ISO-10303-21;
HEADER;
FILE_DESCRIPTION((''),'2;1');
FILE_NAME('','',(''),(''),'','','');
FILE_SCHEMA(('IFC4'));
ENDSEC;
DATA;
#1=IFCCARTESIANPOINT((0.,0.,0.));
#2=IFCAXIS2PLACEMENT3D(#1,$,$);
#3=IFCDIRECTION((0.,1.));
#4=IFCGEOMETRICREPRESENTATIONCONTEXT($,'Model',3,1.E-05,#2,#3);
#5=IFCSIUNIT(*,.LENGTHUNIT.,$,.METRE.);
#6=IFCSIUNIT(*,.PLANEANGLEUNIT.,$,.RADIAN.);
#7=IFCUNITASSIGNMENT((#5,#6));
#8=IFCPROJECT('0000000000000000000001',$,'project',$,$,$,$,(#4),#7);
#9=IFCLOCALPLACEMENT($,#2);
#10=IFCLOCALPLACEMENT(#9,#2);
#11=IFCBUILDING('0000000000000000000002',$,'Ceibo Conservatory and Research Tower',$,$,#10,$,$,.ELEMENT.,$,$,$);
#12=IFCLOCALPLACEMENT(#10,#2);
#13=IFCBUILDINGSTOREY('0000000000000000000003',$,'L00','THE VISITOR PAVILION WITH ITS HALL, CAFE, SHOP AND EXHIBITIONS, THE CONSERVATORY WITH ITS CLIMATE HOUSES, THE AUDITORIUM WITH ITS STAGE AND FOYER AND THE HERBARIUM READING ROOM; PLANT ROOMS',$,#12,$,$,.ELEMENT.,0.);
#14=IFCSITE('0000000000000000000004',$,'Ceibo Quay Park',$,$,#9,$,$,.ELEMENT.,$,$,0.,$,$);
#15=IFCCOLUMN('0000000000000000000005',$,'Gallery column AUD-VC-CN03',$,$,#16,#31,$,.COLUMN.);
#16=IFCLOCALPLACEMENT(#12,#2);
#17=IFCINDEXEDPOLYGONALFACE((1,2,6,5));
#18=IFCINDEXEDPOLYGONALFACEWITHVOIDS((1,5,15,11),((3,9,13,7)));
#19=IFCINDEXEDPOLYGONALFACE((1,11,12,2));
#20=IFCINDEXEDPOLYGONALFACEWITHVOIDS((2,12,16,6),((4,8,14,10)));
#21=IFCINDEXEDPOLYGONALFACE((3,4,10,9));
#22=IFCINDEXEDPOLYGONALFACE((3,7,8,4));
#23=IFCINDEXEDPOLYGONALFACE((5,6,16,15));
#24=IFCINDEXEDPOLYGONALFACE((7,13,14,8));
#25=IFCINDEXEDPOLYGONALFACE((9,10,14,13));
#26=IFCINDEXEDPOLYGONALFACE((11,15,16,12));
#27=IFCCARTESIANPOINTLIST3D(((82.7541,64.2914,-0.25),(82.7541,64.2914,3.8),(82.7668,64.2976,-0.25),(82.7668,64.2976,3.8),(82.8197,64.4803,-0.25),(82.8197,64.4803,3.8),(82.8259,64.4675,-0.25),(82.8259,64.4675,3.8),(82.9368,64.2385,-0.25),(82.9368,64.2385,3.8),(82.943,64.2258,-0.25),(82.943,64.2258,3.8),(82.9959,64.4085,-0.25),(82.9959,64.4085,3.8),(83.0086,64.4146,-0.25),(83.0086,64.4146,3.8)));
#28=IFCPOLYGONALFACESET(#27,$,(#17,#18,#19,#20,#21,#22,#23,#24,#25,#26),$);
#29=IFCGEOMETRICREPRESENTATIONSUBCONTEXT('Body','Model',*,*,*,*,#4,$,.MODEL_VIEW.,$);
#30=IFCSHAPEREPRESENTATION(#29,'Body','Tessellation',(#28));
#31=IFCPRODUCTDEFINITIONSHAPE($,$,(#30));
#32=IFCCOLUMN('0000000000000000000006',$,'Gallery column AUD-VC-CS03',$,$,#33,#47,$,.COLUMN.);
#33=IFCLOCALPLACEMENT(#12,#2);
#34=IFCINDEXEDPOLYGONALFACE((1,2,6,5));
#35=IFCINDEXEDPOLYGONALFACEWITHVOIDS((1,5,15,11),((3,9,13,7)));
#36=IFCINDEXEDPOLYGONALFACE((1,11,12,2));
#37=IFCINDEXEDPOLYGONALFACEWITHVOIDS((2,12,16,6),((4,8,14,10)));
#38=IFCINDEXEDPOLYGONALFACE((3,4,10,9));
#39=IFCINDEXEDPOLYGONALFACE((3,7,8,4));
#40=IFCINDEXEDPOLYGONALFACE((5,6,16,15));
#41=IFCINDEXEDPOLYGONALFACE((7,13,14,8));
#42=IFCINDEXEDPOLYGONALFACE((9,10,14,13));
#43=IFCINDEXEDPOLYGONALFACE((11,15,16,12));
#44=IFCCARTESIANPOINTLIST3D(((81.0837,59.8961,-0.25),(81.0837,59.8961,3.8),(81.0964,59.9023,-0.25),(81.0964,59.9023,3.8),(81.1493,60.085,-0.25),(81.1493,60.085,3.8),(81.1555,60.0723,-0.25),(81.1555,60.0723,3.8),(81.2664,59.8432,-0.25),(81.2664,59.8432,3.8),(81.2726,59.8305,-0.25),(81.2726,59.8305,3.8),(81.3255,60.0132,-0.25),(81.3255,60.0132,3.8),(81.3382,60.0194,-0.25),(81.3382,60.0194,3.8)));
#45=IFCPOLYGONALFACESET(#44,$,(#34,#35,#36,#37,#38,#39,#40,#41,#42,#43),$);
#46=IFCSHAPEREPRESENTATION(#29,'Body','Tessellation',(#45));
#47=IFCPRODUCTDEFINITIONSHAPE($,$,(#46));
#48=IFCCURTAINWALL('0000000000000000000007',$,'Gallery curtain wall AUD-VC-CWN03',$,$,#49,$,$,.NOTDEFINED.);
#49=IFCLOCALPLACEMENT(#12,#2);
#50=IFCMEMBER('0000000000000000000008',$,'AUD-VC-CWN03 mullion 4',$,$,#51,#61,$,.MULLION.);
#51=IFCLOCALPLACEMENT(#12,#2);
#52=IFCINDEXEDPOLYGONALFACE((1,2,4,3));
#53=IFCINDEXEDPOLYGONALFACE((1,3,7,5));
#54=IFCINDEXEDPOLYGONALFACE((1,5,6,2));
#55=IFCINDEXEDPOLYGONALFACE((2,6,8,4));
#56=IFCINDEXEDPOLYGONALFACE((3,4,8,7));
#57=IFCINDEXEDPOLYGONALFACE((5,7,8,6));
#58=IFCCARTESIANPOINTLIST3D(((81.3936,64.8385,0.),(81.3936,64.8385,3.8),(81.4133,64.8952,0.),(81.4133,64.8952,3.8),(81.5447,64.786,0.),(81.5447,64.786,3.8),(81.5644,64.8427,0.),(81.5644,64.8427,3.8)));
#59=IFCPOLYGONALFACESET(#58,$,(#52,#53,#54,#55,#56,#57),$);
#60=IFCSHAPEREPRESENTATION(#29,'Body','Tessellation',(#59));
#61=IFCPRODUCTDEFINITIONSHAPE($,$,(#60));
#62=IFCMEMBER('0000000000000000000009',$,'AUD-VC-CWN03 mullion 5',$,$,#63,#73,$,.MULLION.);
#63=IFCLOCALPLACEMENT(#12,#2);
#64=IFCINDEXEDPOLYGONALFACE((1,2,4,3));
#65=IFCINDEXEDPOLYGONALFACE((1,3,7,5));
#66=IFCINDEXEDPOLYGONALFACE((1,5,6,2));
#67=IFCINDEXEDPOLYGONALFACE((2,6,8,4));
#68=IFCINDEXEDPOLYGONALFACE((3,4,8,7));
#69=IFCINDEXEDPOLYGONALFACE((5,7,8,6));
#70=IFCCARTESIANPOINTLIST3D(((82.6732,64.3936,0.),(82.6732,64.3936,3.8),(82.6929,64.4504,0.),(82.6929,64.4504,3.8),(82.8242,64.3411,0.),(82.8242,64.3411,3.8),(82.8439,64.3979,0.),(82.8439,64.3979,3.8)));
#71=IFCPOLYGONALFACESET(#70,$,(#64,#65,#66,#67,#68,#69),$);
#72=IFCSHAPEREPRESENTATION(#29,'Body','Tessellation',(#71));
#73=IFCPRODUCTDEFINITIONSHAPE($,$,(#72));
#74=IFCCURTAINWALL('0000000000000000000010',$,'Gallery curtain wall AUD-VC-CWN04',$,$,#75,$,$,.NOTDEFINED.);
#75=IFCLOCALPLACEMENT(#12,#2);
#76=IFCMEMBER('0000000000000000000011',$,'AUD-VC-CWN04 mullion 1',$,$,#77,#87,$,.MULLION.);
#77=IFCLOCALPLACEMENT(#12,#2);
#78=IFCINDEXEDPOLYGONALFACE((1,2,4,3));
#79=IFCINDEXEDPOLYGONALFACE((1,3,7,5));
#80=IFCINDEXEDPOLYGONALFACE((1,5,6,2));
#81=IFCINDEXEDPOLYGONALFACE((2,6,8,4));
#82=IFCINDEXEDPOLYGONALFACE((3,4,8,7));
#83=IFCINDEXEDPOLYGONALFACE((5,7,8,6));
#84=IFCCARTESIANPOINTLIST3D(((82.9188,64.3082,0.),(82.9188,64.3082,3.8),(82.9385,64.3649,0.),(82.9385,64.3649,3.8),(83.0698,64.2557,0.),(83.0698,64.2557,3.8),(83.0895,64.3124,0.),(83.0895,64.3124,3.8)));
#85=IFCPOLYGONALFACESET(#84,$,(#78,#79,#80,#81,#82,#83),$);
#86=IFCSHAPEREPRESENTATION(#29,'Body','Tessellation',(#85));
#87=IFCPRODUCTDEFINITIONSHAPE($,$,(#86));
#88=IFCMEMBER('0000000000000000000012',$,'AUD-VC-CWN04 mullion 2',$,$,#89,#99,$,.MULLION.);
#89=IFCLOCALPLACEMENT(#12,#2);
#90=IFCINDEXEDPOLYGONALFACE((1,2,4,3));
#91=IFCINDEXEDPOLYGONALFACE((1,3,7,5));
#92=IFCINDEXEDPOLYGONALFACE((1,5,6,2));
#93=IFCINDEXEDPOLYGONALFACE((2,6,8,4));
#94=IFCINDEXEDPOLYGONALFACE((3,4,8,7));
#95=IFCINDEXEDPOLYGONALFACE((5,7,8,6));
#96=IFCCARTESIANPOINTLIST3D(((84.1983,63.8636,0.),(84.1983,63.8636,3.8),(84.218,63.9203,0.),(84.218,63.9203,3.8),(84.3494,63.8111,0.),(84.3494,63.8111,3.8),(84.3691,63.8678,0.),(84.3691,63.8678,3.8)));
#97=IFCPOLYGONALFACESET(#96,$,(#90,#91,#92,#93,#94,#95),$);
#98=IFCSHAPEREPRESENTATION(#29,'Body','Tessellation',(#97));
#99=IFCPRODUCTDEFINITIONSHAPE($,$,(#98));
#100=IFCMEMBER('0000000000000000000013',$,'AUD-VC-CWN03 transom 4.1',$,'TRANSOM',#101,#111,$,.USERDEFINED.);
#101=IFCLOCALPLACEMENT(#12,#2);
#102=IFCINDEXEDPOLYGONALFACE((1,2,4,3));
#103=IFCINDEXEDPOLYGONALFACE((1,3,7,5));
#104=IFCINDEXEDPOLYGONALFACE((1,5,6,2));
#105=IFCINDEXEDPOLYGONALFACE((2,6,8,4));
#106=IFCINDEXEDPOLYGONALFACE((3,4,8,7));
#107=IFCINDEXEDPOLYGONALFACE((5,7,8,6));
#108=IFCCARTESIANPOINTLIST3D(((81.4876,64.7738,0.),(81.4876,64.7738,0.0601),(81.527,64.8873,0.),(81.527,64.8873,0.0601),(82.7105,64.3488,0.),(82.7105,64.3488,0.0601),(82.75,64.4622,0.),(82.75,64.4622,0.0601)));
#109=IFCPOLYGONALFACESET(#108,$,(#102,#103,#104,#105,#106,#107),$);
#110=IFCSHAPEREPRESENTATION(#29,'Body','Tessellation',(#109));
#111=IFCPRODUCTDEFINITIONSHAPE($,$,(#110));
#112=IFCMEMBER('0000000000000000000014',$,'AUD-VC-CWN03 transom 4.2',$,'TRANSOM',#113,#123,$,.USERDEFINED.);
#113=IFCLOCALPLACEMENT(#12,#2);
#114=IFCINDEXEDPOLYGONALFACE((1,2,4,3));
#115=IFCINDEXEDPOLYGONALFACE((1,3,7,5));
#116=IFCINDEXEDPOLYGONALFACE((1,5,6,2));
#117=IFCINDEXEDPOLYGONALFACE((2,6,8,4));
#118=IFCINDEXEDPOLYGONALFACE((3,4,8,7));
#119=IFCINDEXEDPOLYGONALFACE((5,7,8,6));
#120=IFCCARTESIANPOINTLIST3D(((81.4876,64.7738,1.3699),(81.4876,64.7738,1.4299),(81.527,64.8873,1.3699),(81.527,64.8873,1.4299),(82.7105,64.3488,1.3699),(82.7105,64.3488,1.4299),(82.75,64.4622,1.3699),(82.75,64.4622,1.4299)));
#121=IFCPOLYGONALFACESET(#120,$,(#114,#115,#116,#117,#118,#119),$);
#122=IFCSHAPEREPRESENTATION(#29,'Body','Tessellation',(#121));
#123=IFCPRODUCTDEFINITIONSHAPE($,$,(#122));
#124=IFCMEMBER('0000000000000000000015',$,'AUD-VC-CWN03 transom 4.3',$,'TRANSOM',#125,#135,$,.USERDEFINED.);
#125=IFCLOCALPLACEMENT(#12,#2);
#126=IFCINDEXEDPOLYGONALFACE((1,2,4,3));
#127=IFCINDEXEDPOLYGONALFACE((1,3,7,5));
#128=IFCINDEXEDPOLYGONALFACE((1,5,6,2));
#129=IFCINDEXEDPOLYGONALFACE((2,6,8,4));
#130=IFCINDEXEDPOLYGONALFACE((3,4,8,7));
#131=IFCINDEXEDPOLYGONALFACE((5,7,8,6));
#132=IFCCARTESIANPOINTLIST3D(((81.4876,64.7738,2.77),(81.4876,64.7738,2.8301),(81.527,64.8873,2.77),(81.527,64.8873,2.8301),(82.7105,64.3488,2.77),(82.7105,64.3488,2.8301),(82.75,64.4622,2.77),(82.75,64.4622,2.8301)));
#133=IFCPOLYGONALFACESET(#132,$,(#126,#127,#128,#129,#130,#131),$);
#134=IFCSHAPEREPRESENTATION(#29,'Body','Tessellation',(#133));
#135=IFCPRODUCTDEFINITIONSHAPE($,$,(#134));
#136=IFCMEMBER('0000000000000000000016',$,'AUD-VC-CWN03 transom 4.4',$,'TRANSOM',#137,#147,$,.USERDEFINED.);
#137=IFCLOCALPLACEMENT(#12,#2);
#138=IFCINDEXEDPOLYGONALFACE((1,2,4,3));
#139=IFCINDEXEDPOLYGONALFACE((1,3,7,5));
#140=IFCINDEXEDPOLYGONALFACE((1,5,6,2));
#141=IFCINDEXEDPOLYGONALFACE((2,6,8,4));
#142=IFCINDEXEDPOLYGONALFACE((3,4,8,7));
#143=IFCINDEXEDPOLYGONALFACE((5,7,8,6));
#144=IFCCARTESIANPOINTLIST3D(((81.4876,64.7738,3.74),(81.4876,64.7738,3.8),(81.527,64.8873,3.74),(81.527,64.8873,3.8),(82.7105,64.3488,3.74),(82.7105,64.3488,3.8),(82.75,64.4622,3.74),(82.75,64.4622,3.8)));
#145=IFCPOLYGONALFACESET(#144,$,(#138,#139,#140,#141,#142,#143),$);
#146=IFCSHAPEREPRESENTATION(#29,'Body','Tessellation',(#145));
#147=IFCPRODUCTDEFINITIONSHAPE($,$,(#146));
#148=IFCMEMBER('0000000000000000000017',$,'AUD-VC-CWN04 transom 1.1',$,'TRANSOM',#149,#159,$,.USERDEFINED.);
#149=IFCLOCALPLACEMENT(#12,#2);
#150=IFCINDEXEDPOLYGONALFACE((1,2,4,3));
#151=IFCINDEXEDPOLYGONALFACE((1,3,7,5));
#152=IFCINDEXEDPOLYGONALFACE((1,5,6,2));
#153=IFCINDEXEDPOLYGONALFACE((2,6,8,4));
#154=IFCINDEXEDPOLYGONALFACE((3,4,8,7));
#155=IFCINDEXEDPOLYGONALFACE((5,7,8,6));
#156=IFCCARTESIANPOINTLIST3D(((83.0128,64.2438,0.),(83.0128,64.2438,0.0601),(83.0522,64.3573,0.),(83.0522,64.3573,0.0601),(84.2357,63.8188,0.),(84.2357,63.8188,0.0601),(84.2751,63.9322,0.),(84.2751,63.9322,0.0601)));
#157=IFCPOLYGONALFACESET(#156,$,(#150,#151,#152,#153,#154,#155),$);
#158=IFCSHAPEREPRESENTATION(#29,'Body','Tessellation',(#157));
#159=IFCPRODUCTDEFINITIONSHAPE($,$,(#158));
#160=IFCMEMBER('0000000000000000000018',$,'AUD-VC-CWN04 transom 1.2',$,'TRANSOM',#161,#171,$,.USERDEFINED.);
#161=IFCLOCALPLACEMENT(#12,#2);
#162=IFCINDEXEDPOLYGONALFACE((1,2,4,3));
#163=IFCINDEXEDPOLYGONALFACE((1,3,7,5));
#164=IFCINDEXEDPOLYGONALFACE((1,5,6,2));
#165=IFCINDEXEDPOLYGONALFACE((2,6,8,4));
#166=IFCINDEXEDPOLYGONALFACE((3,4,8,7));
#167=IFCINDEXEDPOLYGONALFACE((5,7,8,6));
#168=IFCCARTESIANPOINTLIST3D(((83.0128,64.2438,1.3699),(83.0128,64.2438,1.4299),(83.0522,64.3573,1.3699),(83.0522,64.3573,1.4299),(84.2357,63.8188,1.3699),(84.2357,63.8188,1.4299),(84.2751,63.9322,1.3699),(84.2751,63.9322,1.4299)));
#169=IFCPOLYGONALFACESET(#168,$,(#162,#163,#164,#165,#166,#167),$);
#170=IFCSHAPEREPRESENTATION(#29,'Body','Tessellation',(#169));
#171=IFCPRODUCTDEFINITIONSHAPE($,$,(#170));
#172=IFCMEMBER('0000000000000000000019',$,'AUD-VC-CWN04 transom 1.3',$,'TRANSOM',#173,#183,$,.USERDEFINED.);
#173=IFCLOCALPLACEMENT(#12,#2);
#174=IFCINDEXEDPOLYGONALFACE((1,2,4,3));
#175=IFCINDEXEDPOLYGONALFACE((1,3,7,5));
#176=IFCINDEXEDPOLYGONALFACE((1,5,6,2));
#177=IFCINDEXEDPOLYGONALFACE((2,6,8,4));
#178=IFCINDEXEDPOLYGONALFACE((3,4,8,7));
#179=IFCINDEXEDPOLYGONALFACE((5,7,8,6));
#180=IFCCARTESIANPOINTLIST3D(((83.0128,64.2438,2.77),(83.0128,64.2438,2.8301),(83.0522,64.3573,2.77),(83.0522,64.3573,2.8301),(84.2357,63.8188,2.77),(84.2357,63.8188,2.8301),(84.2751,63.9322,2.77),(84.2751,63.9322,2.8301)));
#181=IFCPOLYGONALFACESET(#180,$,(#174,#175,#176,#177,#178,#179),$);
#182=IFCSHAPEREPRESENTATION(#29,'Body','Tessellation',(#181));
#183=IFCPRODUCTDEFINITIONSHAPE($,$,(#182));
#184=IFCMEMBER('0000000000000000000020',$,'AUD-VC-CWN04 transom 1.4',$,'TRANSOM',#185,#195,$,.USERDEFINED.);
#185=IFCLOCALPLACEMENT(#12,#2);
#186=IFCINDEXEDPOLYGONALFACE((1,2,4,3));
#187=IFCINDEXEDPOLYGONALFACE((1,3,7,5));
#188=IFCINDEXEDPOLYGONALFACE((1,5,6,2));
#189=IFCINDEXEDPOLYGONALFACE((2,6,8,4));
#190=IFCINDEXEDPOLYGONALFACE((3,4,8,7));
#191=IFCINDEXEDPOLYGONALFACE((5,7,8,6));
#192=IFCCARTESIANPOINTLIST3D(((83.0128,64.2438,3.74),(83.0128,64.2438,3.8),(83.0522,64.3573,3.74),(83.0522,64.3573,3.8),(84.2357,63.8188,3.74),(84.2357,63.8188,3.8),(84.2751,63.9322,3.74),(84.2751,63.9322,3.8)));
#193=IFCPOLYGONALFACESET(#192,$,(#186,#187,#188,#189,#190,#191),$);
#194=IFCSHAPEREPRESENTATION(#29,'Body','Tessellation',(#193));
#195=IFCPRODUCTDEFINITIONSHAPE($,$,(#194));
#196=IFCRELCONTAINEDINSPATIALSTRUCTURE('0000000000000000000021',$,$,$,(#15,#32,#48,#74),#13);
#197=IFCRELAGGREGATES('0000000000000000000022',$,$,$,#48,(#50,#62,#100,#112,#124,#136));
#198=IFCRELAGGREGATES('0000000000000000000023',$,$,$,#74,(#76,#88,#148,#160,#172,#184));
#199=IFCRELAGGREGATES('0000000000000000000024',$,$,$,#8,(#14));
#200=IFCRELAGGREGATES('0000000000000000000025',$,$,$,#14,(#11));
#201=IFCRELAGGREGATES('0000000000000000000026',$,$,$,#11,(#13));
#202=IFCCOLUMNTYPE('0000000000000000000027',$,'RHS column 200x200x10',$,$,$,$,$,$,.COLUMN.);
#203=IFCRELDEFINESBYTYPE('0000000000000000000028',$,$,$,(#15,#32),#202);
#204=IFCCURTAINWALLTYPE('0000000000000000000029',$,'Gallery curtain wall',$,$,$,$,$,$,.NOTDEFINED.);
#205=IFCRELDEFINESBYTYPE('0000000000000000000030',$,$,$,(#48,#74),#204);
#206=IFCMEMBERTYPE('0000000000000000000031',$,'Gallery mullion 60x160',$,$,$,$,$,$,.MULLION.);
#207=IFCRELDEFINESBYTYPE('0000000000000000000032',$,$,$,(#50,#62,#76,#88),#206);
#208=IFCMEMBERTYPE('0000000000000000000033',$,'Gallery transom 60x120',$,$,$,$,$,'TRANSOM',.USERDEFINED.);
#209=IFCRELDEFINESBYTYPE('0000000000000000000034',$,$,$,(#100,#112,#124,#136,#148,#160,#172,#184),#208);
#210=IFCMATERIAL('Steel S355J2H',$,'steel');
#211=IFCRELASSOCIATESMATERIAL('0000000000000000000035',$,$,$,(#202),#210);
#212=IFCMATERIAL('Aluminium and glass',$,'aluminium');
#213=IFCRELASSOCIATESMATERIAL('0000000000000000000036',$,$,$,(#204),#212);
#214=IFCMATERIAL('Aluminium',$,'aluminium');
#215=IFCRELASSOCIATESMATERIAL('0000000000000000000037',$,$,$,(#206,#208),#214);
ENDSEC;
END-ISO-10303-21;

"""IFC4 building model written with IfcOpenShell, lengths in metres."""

from ifc_helpers import new_model, si_unit, direction, frame, origin, origin_2d, place, context, subcontext, project, spatial, rectangle, hollow_rectangle, extrude, material, material_profile, profile_set, type_object, element, aggregate, save


model = new_model("IFC4")

# Units and contexts
model_context = context("Model", 3, precision=1e-05, world=origin(), true_north=direction((0.0, 1.0)))
body_context = subcontext(model_context, "Body", "Model", "MODEL_VIEW")
ifc_project = project(units=[si_unit("LENGTHUNIT", "METRE"), si_unit("PLANEANGLEUNIT", "RADIAN")], contexts=[model_context])

# Site, building, storey
site_placement = place(None, origin())
site = spatial("IfcSite", under=ifc_project, at=site_placement, Name="Ceibo Quay Park", CompositionType="ELEMENT", RefElevation=0.0)
building_placement = place(site_placement, origin())
building = spatial("IfcBuilding", under=site, at=building_placement, Name="Ceibo Conservatory and Research Tower", CompositionType="ELEMENT")
storey_placement = place(building_placement, origin())
storey = spatial("IfcBuildingStorey", under=building, at=storey_placement, Name="L00", Description="THE VISITOR PAVILION WITH ITS HALL, CAFE, SHOP AND EXHIBITIONS, THE CONSERVATORY WITH ITS CLIMATE HOUSES, THE AUDITORIUM WITH ITS STAGE AND FOYER AND THE HERBARIUM READING ROOM; PLANT ROOMS", CompositionType="ELEMENT", Elevation=0.0)

# Columns
ifc_material_1 = material(Name="Steel S355J2H", Category="steel")
ifc_material_profile_1 = material_profile(ifc_material_1, hollow_rectangle(XDim=0.2, YDim=0.2, WallThickness=0.01, at=origin_2d()), Name="RHS column 200x200x10")
ifc_profile_set_1 = profile_set([ifc_material_profile_1], Name="Steel S355J2H")
column_type = type_object("IfcColumnType", Name="RHS column 200x200x10", PredefinedType="COLUMN", material=ifc_profile_set_1)
for number, where, z_axis, x_axis, name in (
    (1, (82.8813, 64.353, -0.25), (0.0, 0.0, 1.0), (0.944579, -0.328284, 0.0), "Gallery column AUD-VC-CN03"),
    (2, (81.2109, 59.9578, -0.25), (0.0, 0.0, 1.0), (0.944579, -0.328284, 0.0), "Gallery column AUD-VC-CS03"),
):
    element("IfcColumn", number, at=place(storey_placement, frame(where, z_axis=z_axis, x_axis=x_axis)), inside=storey, type_object=column_type, Name=name, PredefinedType="COLUMN", context=body_context, shape_type="SweptSolid", body=[
        extrude(hollow_rectangle(XDim=0.2, YDim=0.2, WallThickness=0.01, at=origin_2d()), origin(), (0.0, 0.0, 1.0), 4.05),
    ])

# Curtain walls, members
ifc_material_2 = material(Name="Aluminium and glass", Category="aluminium")
curtain_wall_type = type_object("IfcCurtainWallType", Name="Gallery curtain wall", PredefinedType="NOTDEFINED", material=ifc_material_2)
curtain_wall_1_placement = place(storey_placement, origin())
curtain_wall_1 = element("IfcCurtainWall", 3, at=curtain_wall_1_placement, inside=storey, type_object=curtain_wall_type, Name="Gallery curtain wall AUD-VC-CWN03", PredefinedType="NOTDEFINED")
ifc_material_3 = material(Name="Aluminium", Category="aluminium")
ifc_material_profile_2 = material_profile(ifc_material_3, rectangle(XDim=0.0601, YDim=0.1599, at=origin_2d()), Name="AL 60x160")
ifc_profile_set_2 = profile_set([ifc_material_profile_2], Name="Aluminium")
member_type_1 = type_object("IfcMemberType", Name="Gallery mullion 60x160", PredefinedType="MULLION", material=ifc_profile_set_2)
member_1_placement = place(storey_placement, frame((81.479, 64.8406, 0.0), z_axis=(0.0, 0.0, 1.0), x_axis=(0.328284, 0.944579, 0.0)))
member_1 = element("IfcMember", 4, at=member_1_placement, type_object=member_type_1, Name="AUD-VC-CWN03 mullion 4", PredefinedType="MULLION", context=body_context, shape_type="SweptSolid", body=[
    extrude(rectangle(XDim=0.0601, YDim=0.1599, at=origin_2d()), origin(), (0.0, 0.0, 1.0), 3.8),
])
member_2_placement = place(storey_placement, frame((82.7585, 64.3958, 0.0), z_axis=(0.0, 0.0, 1.0), x_axis=(0.328284, 0.944579, 0.0)))
member_2 = element("IfcMember", 5, at=member_2_placement, type_object=member_type_1, Name="AUD-VC-CWN03 mullion 5", PredefinedType="MULLION", context=body_context, shape_type="SweptSolid", body=[
    extrude(rectangle(XDim=0.0601, YDim=0.1599, at=origin_2d()), origin(), (0.0, 0.0, 1.0), 3.8),
])
curtain_wall_2_placement = place(storey_placement, origin())
curtain_wall_2 = element("IfcCurtainWall", 6, at=curtain_wall_2_placement, inside=storey, type_object=curtain_wall_type, Name="Gallery curtain wall AUD-VC-CWN04", PredefinedType="NOTDEFINED")
member_3_placement = place(storey_placement, frame((83.0042, 64.3103, 0.0), z_axis=(0.0, 0.0, 1.0), x_axis=(0.328284, 0.944579, 0.0)))
member_3 = element("IfcMember", 7, at=member_3_placement, type_object=member_type_1, Name="AUD-VC-CWN04 mullion 1", PredefinedType="MULLION", context=body_context, shape_type="SweptSolid", body=[
    extrude(rectangle(XDim=0.0601, YDim=0.1599, at=origin_2d()), origin(), (0.0, 0.0, 1.0), 3.8),
])
member_4_placement = place(storey_placement, frame((84.2837, 63.8657, 0.0), z_axis=(0.0, 0.0, 1.0), x_axis=(0.328284, 0.944579, 0.0)))
member_4 = element("IfcMember", 8, at=member_4_placement, type_object=member_type_1, Name="AUD-VC-CWN04 mullion 2", PredefinedType="MULLION", context=body_context, shape_type="SweptSolid", body=[
    extrude(rectangle(XDim=0.0601, YDim=0.1599, at=origin_2d()), origin(), (0.0, 0.0, 1.0), 3.8),
])

# Members
ifc_material_profile_3 = material_profile(ifc_material_3, rectangle(XDim=0.1201, YDim=0.0601, at=origin_2d()), Name="AL 60x120")
ifc_profile_set_3 = profile_set([ifc_material_profile_3], Name="Aluminium")
member_type_2 = type_object("IfcMemberType", Name="Gallery transom 60x120", ElementType="TRANSOM", PredefinedType="USERDEFINED", material=ifc_profile_set_3)
member_5_placement = place(storey_placement, frame((81.5073, 64.8306, 0.03), z_axis=(0.944571, -0.328309, 0.0), x_axis=(0.328309, 0.944571, 0.0)))
member_5 = element("IfcMember", 9, at=member_5_placement, type_object=member_type_2, Name="AUD-VC-CWN03 transom 4.1", ObjectType="TRANSOM", PredefinedType="USERDEFINED", context=body_context, shape_type="SweptSolid", body=[
    extrude(rectangle(XDim=0.1201, YDim=0.0601, at=origin_2d()), origin(), (0.0, 0.0, 1.0), 1.2947),
])
member_6_placement = place(storey_placement, frame((81.5073, 64.8306, 1.3999), z_axis=(0.944571, -0.328309, 0.0), x_axis=(0.328309, 0.944571, 0.0)))
member_6 = element("IfcMember", 10, at=member_6_placement, type_object=member_type_2, Name="AUD-VC-CWN03 transom 4.2", ObjectType="TRANSOM", PredefinedType="USERDEFINED", context=body_context, shape_type="SweptSolid", body=[
    extrude(rectangle(XDim=0.1201, YDim=0.0601, at=origin_2d()), origin(), (0.0, 0.0, 1.0), 1.2947),
])
member_7_placement = place(storey_placement, frame((81.5073, 64.8306, 2.8), z_axis=(0.944571, -0.328309, 0.0), x_axis=(0.328309, 0.944571, 0.0)))
member_7 = element("IfcMember", 11, at=member_7_placement, type_object=member_type_2, Name="AUD-VC-CWN03 transom 4.3", ObjectType="TRANSOM", PredefinedType="USERDEFINED", context=body_context, shape_type="SweptSolid", body=[
    extrude(rectangle(XDim=0.1201, YDim=0.0601, at=origin_2d()), origin(), (0.0, 0.0, 1.0), 1.2947),
])
member_8_placement = place(storey_placement, frame((81.5073, 64.8306, 3.77), z_axis=(0.944571, -0.328309, 0.0), x_axis=(0.328309, 0.944571, 0.0)))
member_8 = element("IfcMember", 12, at=member_8_placement, type_object=member_type_2, Name="AUD-VC-CWN03 transom 4.4", ObjectType="TRANSOM", PredefinedType="USERDEFINED", context=body_context, shape_type="SweptSolid", body=[
    extrude(rectangle(XDim=0.1201, YDim=0.0601, at=origin_2d()), origin(), (0.0, 0.0, 1.0), 1.2947),
])
member_9_placement = place(storey_placement, frame((83.0325, 64.3005, 0.03), z_axis=(0.944571, -0.328309, 0.0), x_axis=(0.328309, 0.944571, 0.0)))
member_9 = element("IfcMember", 13, at=member_9_placement, type_object=member_type_2, Name="AUD-VC-CWN04 transom 1.1", ObjectType="TRANSOM", PredefinedType="USERDEFINED", context=body_context, shape_type="SweptSolid", body=[
    extrude(rectangle(XDim=0.1201, YDim=0.0601, at=origin_2d()), origin(), (0.0, 0.0, 1.0), 1.2947),
])
member_10_placement = place(storey_placement, frame((83.0325, 64.3005, 1.3999), z_axis=(0.944571, -0.328309, 0.0), x_axis=(0.328309, 0.944571, 0.0)))
member_10 = element("IfcMember", 14, at=member_10_placement, type_object=member_type_2, Name="AUD-VC-CWN04 transom 1.2", ObjectType="TRANSOM", PredefinedType="USERDEFINED", context=body_context, shape_type="SweptSolid", body=[
    extrude(rectangle(XDim=0.1201, YDim=0.0601, at=origin_2d()), origin(), (0.0, 0.0, 1.0), 1.2947),
])
member_11_placement = place(storey_placement, frame((83.0325, 64.3005, 2.8), z_axis=(0.944571, -0.328309, 0.0), x_axis=(0.328309, 0.944571, 0.0)))
member_11 = element("IfcMember", 15, at=member_11_placement, type_object=member_type_2, Name="AUD-VC-CWN04 transom 1.3", ObjectType="TRANSOM", PredefinedType="USERDEFINED", context=body_context, shape_type="SweptSolid", body=[
    extrude(rectangle(XDim=0.1201, YDim=0.0601, at=origin_2d()), origin(), (0.0, 0.0, 1.0), 1.2947),
])
member_12_placement = place(storey_placement, frame((83.0325, 64.3005, 3.77), z_axis=(0.944571, -0.328309, 0.0), x_axis=(0.328309, 0.944571, 0.0)))
member_12 = element("IfcMember", 16, at=member_12_placement, type_object=member_type_2, Name="AUD-VC-CWN04 transom 1.4", ObjectType="TRANSOM", PredefinedType="USERDEFINED", context=body_context, shape_type="SweptSolid", body=[
    extrude(rectangle(XDim=0.1201, YDim=0.0601, at=origin_2d()), origin(), (0.0, 0.0, 1.0), 1.2947),
])

aggregate(curtain_wall_1, [member_1, member_2, member_5, member_6, member_7, member_8])
aggregate(curtain_wall_2, [member_3, member_4, member_9, member_10, member_11, member_12])

save(model, "model.ifc")
